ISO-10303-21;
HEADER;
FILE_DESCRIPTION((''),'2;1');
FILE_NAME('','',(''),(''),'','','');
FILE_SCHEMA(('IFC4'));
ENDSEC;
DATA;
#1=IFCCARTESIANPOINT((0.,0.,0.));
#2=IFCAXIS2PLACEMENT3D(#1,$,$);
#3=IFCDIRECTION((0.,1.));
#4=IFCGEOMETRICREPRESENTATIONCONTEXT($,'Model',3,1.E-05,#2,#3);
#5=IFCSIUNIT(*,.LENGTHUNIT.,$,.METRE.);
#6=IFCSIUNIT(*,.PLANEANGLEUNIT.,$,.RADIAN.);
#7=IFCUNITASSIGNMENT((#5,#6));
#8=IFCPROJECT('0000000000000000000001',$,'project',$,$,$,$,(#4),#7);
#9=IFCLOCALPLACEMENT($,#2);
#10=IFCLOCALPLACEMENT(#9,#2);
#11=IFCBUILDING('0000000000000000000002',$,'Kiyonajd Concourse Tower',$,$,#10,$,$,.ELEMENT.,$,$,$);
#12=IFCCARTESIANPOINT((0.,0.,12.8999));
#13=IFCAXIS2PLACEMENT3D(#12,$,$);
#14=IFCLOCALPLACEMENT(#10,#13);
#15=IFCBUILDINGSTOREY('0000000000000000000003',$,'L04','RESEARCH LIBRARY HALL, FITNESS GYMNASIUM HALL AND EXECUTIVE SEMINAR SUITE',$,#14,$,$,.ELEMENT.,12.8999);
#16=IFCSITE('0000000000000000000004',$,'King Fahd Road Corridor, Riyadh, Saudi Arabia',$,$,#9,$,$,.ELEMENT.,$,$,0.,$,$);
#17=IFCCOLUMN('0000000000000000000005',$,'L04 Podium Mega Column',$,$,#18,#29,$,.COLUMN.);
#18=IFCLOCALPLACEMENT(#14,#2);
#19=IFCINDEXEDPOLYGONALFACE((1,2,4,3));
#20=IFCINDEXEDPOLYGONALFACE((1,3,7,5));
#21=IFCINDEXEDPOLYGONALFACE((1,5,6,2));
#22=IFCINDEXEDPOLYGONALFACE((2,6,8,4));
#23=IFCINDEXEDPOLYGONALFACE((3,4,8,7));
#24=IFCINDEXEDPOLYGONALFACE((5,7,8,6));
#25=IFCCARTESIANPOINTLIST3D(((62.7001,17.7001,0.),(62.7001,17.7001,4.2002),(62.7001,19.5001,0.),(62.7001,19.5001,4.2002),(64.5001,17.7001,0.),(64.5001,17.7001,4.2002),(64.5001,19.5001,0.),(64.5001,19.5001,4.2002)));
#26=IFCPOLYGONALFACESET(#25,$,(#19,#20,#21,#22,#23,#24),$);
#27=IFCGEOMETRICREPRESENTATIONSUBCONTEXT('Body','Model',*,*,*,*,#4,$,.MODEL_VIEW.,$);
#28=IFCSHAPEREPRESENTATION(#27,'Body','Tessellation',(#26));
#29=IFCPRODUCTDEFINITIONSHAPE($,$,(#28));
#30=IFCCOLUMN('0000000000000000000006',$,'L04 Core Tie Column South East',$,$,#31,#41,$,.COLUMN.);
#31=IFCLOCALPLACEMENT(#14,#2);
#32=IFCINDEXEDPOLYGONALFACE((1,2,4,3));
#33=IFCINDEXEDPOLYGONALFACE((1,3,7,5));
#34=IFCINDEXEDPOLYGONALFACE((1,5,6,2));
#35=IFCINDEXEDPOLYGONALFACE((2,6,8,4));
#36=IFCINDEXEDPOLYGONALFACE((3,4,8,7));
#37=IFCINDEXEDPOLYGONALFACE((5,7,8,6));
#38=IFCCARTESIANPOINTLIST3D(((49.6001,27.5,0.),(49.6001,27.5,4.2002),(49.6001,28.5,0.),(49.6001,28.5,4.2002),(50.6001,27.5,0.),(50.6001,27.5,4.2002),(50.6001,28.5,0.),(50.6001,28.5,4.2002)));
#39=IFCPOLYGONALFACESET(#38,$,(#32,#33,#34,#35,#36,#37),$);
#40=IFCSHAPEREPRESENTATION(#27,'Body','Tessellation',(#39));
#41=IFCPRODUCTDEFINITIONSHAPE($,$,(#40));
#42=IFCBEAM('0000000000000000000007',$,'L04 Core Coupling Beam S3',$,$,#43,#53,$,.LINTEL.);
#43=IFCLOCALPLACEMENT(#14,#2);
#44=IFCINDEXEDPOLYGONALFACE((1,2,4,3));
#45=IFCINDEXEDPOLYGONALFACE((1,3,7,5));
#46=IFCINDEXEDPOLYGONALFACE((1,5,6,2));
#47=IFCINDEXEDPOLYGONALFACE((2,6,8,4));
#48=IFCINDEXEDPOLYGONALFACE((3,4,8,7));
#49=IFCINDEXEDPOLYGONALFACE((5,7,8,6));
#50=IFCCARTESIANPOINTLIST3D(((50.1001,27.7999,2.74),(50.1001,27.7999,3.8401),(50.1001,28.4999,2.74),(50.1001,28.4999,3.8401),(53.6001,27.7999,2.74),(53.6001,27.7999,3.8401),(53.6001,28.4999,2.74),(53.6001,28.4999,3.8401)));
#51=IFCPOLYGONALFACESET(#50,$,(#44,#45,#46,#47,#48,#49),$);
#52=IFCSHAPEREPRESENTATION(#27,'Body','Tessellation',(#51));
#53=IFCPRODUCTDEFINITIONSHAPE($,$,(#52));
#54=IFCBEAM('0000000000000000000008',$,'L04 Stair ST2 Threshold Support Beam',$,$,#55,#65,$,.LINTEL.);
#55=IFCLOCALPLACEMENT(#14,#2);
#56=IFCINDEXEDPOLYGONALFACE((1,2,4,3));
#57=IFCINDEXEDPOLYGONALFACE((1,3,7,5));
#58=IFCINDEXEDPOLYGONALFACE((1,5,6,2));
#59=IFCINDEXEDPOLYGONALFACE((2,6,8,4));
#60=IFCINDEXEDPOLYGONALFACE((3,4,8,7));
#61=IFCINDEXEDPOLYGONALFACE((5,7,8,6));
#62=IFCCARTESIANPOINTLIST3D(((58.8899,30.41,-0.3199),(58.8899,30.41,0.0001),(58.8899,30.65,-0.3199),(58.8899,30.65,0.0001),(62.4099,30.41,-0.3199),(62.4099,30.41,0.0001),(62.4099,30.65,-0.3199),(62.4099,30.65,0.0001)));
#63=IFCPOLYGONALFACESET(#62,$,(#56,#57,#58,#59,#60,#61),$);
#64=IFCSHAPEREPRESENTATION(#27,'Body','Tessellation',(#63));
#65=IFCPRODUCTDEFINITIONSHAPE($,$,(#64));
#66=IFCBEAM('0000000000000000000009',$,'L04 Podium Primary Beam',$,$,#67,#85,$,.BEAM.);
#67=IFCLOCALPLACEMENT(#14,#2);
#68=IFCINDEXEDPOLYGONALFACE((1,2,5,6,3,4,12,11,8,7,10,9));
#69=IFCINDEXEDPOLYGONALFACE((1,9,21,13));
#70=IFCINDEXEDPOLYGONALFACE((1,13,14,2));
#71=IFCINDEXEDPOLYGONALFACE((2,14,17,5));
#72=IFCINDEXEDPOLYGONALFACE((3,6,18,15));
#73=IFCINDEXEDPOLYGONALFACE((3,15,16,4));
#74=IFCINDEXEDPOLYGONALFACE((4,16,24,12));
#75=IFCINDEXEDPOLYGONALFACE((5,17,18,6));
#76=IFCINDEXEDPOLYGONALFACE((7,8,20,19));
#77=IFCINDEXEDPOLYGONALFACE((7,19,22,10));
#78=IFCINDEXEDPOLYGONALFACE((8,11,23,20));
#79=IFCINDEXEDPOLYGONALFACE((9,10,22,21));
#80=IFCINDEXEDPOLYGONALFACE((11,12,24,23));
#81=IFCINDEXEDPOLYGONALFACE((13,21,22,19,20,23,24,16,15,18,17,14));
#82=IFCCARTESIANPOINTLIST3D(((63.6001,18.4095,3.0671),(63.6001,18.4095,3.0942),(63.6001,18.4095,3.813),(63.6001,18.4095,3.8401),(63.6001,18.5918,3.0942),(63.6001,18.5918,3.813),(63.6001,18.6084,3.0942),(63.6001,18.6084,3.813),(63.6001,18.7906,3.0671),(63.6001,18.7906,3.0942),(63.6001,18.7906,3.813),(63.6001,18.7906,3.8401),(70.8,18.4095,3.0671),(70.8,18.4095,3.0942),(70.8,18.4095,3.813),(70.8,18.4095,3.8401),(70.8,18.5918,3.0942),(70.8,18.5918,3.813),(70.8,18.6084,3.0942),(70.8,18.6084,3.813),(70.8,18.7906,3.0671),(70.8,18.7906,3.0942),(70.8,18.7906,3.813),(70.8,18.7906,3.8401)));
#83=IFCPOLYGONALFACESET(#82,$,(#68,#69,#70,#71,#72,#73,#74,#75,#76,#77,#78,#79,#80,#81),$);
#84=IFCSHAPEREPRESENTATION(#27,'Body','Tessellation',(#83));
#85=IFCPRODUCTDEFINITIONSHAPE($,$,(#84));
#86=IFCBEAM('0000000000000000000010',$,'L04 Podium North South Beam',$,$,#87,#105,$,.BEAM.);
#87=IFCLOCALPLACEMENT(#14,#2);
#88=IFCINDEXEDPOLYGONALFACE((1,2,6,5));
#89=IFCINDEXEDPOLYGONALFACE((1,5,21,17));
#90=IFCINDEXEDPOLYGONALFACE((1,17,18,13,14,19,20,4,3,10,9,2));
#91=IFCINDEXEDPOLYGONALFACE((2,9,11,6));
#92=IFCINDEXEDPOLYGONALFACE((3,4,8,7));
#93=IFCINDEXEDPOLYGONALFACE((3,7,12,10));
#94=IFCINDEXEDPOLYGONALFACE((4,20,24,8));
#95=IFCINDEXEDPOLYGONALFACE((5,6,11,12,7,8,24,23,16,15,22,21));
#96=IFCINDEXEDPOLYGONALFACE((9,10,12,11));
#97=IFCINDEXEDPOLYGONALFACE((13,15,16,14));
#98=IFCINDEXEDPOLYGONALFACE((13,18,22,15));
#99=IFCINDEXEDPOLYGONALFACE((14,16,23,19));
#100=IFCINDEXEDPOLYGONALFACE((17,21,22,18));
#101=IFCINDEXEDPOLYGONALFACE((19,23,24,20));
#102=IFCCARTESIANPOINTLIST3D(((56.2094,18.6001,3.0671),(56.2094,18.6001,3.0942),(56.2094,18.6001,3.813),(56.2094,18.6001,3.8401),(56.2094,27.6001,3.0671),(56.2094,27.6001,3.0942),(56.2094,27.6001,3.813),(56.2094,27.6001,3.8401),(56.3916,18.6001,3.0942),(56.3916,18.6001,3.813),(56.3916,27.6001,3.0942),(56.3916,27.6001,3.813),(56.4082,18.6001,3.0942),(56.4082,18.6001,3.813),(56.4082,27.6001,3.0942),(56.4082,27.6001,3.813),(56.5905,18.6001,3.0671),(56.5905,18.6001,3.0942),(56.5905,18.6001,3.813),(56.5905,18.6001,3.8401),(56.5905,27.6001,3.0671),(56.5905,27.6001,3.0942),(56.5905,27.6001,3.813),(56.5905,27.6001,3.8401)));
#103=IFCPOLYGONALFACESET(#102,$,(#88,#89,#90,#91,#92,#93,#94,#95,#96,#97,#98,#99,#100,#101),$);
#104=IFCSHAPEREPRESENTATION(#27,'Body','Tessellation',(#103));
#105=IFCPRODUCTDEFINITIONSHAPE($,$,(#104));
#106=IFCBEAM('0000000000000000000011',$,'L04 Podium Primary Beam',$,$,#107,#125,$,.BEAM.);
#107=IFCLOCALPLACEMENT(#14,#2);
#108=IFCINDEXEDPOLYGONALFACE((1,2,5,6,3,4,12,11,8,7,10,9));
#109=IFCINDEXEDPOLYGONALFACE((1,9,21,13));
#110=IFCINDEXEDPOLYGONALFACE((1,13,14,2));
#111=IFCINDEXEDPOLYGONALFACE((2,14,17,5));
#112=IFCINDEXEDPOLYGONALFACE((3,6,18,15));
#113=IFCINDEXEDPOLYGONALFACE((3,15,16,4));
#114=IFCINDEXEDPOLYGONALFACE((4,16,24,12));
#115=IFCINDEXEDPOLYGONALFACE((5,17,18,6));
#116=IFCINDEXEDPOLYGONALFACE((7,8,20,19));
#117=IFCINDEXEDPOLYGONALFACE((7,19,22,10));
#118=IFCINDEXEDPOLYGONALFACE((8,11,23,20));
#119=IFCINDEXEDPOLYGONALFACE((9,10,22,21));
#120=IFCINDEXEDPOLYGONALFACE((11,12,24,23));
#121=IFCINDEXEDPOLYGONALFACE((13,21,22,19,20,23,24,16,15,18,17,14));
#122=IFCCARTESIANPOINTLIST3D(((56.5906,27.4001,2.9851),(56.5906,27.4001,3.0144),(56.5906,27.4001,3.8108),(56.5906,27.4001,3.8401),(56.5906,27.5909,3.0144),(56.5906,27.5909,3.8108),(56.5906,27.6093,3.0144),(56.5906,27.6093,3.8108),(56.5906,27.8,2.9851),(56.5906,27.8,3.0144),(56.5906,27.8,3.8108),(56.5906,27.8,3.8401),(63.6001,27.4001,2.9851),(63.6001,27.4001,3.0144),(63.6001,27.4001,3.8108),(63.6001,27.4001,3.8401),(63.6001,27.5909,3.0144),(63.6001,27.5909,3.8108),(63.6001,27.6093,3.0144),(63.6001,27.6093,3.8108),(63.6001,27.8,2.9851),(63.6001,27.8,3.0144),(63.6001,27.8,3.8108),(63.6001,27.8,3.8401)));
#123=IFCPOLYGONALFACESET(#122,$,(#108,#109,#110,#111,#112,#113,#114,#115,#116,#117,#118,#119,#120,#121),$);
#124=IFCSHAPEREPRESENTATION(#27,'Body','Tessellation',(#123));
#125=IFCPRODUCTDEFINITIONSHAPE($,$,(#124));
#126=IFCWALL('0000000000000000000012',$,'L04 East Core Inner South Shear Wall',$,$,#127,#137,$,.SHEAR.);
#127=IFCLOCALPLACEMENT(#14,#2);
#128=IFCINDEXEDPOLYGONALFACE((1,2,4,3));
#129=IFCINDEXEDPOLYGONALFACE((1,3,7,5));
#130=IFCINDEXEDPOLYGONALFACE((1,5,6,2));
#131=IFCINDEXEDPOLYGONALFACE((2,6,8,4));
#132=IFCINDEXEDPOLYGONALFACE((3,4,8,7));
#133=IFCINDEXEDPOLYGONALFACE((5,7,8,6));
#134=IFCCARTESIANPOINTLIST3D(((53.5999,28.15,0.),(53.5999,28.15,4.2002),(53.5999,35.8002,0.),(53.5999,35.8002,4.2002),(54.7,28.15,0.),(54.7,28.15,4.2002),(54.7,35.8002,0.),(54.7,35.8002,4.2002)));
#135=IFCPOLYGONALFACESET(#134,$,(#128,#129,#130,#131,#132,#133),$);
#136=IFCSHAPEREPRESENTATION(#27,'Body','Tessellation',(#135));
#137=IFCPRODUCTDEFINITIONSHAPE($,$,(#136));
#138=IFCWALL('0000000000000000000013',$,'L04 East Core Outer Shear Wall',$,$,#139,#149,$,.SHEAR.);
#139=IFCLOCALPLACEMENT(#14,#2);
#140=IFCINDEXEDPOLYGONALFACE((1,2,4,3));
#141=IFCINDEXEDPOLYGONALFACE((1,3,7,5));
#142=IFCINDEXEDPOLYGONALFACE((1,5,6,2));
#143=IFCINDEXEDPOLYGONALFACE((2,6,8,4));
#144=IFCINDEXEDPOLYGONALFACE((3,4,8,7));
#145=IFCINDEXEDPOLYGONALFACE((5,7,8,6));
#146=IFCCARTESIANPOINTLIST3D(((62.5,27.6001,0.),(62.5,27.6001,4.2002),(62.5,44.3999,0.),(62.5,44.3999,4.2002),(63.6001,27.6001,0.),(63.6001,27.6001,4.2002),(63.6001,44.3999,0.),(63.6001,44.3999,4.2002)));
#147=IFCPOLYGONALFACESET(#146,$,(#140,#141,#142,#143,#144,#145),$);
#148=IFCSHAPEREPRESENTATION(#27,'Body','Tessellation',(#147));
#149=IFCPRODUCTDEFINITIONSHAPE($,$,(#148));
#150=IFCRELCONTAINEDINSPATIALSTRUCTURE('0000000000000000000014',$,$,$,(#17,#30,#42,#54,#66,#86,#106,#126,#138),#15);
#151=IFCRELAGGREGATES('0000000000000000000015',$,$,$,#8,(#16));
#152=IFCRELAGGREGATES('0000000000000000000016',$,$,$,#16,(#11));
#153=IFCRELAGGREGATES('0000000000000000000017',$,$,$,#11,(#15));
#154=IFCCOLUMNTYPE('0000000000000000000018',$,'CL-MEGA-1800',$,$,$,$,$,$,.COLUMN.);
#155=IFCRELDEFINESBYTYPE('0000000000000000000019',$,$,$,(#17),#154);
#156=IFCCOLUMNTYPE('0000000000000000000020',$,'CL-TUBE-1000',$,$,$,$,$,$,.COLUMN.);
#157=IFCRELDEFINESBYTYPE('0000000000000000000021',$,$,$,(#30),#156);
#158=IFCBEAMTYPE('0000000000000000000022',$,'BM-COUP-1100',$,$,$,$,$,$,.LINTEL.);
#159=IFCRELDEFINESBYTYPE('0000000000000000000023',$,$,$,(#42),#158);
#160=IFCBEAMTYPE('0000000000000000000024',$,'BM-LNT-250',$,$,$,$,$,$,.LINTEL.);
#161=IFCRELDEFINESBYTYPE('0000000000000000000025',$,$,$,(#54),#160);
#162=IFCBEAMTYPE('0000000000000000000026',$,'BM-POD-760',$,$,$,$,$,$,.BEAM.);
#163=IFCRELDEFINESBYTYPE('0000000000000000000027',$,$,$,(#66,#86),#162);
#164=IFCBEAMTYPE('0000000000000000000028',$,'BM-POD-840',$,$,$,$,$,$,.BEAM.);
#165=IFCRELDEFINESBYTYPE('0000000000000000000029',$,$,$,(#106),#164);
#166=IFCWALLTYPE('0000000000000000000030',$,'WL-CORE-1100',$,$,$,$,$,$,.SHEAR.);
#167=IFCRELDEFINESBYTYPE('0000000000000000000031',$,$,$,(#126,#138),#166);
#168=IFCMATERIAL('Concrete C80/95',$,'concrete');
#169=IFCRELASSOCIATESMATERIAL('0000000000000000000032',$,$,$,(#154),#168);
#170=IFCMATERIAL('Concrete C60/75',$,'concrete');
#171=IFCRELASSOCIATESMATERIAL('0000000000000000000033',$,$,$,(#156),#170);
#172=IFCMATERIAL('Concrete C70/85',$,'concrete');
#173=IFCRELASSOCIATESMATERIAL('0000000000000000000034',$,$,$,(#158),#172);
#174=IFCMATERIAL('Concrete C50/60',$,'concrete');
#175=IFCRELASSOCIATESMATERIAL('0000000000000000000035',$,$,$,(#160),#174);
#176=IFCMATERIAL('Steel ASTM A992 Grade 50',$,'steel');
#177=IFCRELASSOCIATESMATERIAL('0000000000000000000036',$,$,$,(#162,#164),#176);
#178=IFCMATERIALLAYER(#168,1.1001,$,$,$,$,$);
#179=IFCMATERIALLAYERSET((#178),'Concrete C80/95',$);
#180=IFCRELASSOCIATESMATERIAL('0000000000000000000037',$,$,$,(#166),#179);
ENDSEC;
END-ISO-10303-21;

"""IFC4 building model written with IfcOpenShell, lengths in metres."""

from ifc_helpers import new_model, si_unit, direction, frame, frame_2d, origin, origin_2d, place, context, subcontext, project, spatial, rectangle, i_section, extrude, material, layer, layer_set, material_profile, profile_set, type_object, element, save


model = new_model("IFC4")

# Units and contexts
model_context = context("Model", 3, precision=1e-05, world=origin(), true_north=direction((0.0, 1.0)))
body_context = subcontext(model_context, "Body", "Model", "MODEL_VIEW")
ifc_project = project(units=[si_unit("LENGTHUNIT", "METRE"), si_unit("PLANEANGLEUNIT", "RADIAN")], contexts=[model_context])

# Site, building, storey
site_placement = place(None, origin())
site = spatial("IfcSite", under=ifc_project, at=site_placement, Name="King Fahd Road Corridor, Riyadh, Saudi Arabia", CompositionType="ELEMENT", RefElevation=0.0)
building_placement = place(site_placement, origin())
building = spatial("IfcBuilding", under=site, at=building_placement, Name="Kiyonajd Concourse Tower", CompositionType="ELEMENT")
storey_placement = place(building_placement, frame((0.0, 0.0, 12.8999)))
storey = spatial("IfcBuildingStorey", under=building, at=storey_placement, Name="L04", Description="RESEARCH LIBRARY HALL, FITNESS GYMNASIUM HALL AND EXECUTIVE SEMINAR SUITE", CompositionType="ELEMENT", Elevation=12.8999)

# Columns
ifc_material_1 = material(Name="Concrete C80/95", Category="concrete")
ifc_material_profile_1 = material_profile(ifc_material_1, rectangle(XDim=1.8, YDim=1.8, at=origin_2d()), Name="RC-1800x1800")
ifc_profile_set_1 = profile_set([ifc_material_profile_1], Name="Concrete C80/95")
column_type_1 = type_object("IfcColumnType", Name="CL-MEGA-1800", PredefinedType="COLUMN", material=ifc_profile_set_1)
column_1_placement = place(storey_placement, frame((63.6001, 18.6001, 0.0), z_axis=(0.0, 0.0, 1.0), x_axis=(1.0, 0.0, 0.0)))
element("IfcColumn", 1, at=column_1_placement, inside=storey, type_object=column_type_1, Name="L04 Podium Mega Column", PredefinedType="COLUMN", context=body_context, shape_type="SweptSolid", body=[
    extrude(rectangle(XDim=1.8, YDim=1.8, at=origin_2d()), origin(), (0.0, 0.0, 1.0), 4.2002),
])
ifc_material_2 = material(Name="Concrete C60/75", Category="concrete")
ifc_material_profile_2 = material_profile(ifc_material_2, rectangle(XDim=1.0, YDim=1.0, at=origin_2d()), Name="RC-1000x1000")
ifc_profile_set_2 = profile_set([ifc_material_profile_2], Name="Concrete C60/75")
column_type_2 = type_object("IfcColumnType", Name="CL-TUBE-1000", PredefinedType="COLUMN", material=ifc_profile_set_2)
column_2_placement = place(storey_placement, frame((50.1001, 28.0, 0.0), z_axis=(0.0, 0.0, 1.0), x_axis=(1.0, 0.0, 0.0)))
element("IfcColumn", 2, at=column_2_placement, inside=storey, type_object=column_type_2, Name="L04 Core Tie Column South East", PredefinedType="COLUMN", context=body_context, shape_type="SweptSolid", body=[
    extrude(rectangle(XDim=1.0, YDim=1.0, at=origin_2d()), origin(), (0.0, 0.0, 1.0), 4.2002),
])

# Beams
ifc_material_3 = material(Name="Concrete C70/85", Category="concrete")
ifc_material_profile_3 = material_profile(ifc_material_3, rectangle(XDim=0.7, YDim=1.1001, at=origin_2d()), Name="RCBM-700x1100")
ifc_profile_set_3 = profile_set([ifc_material_profile_3], Name="Concrete C70/85")
beam_type_1 = type_object("IfcBeamType", Name="BM-COUP-1100", PredefinedType="LINTEL", material=ifc_profile_set_3)
beam_1_placement = place(storey_placement, frame((50.1001, 28.1499, 3.29), z_axis=(1.0, 0.0, 0.0), x_axis=(0.0, 1.0, 0.0)))
element("IfcBeam", 3, at=beam_1_placement, inside=storey, type_object=beam_type_1, Name="L04 Core Coupling Beam S3", PredefinedType="LINTEL", context=body_context, shape_type="SweptSolid", body=[
    extrude(rectangle(XDim=0.7, YDim=1.1001, at=origin_2d()), origin(), (0.0, 0.0, 1.0), 3.5),
])
ifc_material_4 = material(Name="Concrete C50/60", Category="concrete")
ifc_material_profile_4 = material_profile(ifc_material_4, rectangle(XDim=0.24, YDim=0.3201, at=origin_2d()), Name="RCBM-240x320")
ifc_profile_set_4 = profile_set([ifc_material_profile_4], Name="Concrete C50/60")
beam_type_2 = type_object("IfcBeamType", Name="BM-LNT-250", PredefinedType="LINTEL", material=ifc_profile_set_4)
beam_2_placement = place(storey_placement, frame((58.8899, 30.53, -0.1599), z_axis=(1.0, 0.0, 0.0), x_axis=(0.0, 1.0, 0.0)))
element("IfcBeam", 4, at=beam_2_placement, inside=storey, type_object=beam_type_2, Name="L04 Stair ST2 Threshold Support Beam", PredefinedType="LINTEL", context=body_context, shape_type="SweptSolid", body=[
    extrude(rectangle(XDim=0.24, YDim=0.3201, at=origin_2d()), origin(), (0.0, 0.0, 1.0), 3.52),
])
ifc_material_5 = material(Name="Steel ASTM A992 Grade 50", Category="steel")
ifc_material_profile_5 = material_profile(ifc_material_5, i_section(OverallWidth=0.3811, OverallDepth=0.7729, WebThickness=0.0166, FlangeThickness=0.0271, at=origin_2d()), Name="W760X257")
ifc_profile_set_5 = profile_set([ifc_material_profile_5], Name="Steel ASTM A992 Grade 50")
beam_type_3 = type_object("IfcBeamType", Name="BM-POD-760", PredefinedType="BEAM", material=ifc_profile_set_5)
beam_3_placement = place(storey_placement, frame((63.6001, 18.6001, 3.4536), z_axis=(1.0, 0.0, 0.0), x_axis=(0.0, 1.0, 0.0)))
element("IfcBeam", 5, at=beam_3_placement, inside=storey, type_object=beam_type_3, Name="L04 Podium Primary Beam", PredefinedType="BEAM", context=body_context, shape_type="SweptSolid", body=[
    extrude(i_section(OverallWidth=0.3811, OverallDepth=0.7729, WebThickness=0.0166, FlangeThickness=0.0271, at=origin_2d()), origin(), (0.0, 0.0, 1.0), 7.2),
])
beam_4_placement = place(storey_placement, frame((56.3999, 18.6001, 3.4536), z_axis=(0.0, 1.0, 0.0), x_axis=(-1.0, 0.0, 0.0)))
element("IfcBeam", 6, at=beam_4_placement, inside=storey, type_object=beam_type_3, Name="L04 Podium North South Beam", PredefinedType="BEAM", context=body_context, shape_type="SweptSolid", body=[
    extrude(i_section(OverallWidth=0.3811, OverallDepth=0.7729, WebThickness=0.0166, FlangeThickness=0.0271, at=origin_2d()), origin(), (0.0, 0.0, 1.0), 9.0),
])
ifc_material_profile_6 = material_profile(ifc_material_5, i_section(OverallWidth=0.3999, OverallDepth=0.855, WebThickness=0.0183, FlangeThickness=0.0293, at=origin_2d()), Name="W840X299")
ifc_profile_set_6 = profile_set([ifc_material_profile_6], Name="Steel ASTM A992 Grade 50")
beam_type_4 = type_object("IfcBeamType", Name="BM-POD-840", PredefinedType="BEAM", material=ifc_profile_set_6)
beam_5_placement = place(storey_placement, frame((56.5906, 27.6001, 3.4126), z_axis=(1.0, 0.0, 0.0), x_axis=(0.0, 1.0, 0.0)))
element("IfcBeam", 7, at=beam_5_placement, inside=storey, type_object=beam_type_4, Name="L04 Podium Primary Beam", PredefinedType="BEAM", context=body_context, shape_type="SweptSolid", body=[
    extrude(i_section(OverallWidth=0.3999, OverallDepth=0.855, WebThickness=0.0183, FlangeThickness=0.0293, at=origin_2d()), origin(), (0.0, 0.0, 1.0), 7.0095),
])

# Walls
ifc_layer_1 = layer(ifc_material_1, 1.1001)
ifc_layer_set_1 = layer_set([ifc_layer_1], Name="Concrete C80/95")
wall_type_1 = type_object("IfcWallType", Name="WL-CORE-1100", PredefinedType="SHEAR", material=ifc_layer_set_1)
wall_1_placement = place(storey_placement, frame((54.1499, 28.1499, 0.0), z_axis=(0.0, 0.0, 1.0), x_axis=(0.0, 1.0, 0.0)))
element("IfcWall", 8, at=wall_1_placement, inside=storey, type_object=wall_type_1, Name="L04 East Core Inner South Shear Wall", PredefinedType="SHEAR", context=body_context, shape_type="SweptSolid", body=[
    extrude(rectangle(XDim=7.6501, YDim=1.1001, at=frame_2d((3.8252, 0.0))), origin(), (0.0, 0.0, 1.0), 4.2002),
])
wall_2_placement = place(storey_placement, frame((63.05, 27.6001, 0.0), z_axis=(0.0, 0.0, 1.0), x_axis=(0.0, 1.0, 0.0)))
element("IfcWall", 9, at=wall_2_placement, inside=storey, type_object=wall_type_1, Name="L04 East Core Outer Shear Wall", PredefinedType="SHEAR", context=body_context, shape_type="SweptSolid", body=[
    extrude(rectangle(XDim=16.7998, YDim=1.1001, at=frame_2d((8.3999, 0.0))), origin(), (0.0, 0.0, 1.0), 4.2002),
])

save(model, "model.ifc")
